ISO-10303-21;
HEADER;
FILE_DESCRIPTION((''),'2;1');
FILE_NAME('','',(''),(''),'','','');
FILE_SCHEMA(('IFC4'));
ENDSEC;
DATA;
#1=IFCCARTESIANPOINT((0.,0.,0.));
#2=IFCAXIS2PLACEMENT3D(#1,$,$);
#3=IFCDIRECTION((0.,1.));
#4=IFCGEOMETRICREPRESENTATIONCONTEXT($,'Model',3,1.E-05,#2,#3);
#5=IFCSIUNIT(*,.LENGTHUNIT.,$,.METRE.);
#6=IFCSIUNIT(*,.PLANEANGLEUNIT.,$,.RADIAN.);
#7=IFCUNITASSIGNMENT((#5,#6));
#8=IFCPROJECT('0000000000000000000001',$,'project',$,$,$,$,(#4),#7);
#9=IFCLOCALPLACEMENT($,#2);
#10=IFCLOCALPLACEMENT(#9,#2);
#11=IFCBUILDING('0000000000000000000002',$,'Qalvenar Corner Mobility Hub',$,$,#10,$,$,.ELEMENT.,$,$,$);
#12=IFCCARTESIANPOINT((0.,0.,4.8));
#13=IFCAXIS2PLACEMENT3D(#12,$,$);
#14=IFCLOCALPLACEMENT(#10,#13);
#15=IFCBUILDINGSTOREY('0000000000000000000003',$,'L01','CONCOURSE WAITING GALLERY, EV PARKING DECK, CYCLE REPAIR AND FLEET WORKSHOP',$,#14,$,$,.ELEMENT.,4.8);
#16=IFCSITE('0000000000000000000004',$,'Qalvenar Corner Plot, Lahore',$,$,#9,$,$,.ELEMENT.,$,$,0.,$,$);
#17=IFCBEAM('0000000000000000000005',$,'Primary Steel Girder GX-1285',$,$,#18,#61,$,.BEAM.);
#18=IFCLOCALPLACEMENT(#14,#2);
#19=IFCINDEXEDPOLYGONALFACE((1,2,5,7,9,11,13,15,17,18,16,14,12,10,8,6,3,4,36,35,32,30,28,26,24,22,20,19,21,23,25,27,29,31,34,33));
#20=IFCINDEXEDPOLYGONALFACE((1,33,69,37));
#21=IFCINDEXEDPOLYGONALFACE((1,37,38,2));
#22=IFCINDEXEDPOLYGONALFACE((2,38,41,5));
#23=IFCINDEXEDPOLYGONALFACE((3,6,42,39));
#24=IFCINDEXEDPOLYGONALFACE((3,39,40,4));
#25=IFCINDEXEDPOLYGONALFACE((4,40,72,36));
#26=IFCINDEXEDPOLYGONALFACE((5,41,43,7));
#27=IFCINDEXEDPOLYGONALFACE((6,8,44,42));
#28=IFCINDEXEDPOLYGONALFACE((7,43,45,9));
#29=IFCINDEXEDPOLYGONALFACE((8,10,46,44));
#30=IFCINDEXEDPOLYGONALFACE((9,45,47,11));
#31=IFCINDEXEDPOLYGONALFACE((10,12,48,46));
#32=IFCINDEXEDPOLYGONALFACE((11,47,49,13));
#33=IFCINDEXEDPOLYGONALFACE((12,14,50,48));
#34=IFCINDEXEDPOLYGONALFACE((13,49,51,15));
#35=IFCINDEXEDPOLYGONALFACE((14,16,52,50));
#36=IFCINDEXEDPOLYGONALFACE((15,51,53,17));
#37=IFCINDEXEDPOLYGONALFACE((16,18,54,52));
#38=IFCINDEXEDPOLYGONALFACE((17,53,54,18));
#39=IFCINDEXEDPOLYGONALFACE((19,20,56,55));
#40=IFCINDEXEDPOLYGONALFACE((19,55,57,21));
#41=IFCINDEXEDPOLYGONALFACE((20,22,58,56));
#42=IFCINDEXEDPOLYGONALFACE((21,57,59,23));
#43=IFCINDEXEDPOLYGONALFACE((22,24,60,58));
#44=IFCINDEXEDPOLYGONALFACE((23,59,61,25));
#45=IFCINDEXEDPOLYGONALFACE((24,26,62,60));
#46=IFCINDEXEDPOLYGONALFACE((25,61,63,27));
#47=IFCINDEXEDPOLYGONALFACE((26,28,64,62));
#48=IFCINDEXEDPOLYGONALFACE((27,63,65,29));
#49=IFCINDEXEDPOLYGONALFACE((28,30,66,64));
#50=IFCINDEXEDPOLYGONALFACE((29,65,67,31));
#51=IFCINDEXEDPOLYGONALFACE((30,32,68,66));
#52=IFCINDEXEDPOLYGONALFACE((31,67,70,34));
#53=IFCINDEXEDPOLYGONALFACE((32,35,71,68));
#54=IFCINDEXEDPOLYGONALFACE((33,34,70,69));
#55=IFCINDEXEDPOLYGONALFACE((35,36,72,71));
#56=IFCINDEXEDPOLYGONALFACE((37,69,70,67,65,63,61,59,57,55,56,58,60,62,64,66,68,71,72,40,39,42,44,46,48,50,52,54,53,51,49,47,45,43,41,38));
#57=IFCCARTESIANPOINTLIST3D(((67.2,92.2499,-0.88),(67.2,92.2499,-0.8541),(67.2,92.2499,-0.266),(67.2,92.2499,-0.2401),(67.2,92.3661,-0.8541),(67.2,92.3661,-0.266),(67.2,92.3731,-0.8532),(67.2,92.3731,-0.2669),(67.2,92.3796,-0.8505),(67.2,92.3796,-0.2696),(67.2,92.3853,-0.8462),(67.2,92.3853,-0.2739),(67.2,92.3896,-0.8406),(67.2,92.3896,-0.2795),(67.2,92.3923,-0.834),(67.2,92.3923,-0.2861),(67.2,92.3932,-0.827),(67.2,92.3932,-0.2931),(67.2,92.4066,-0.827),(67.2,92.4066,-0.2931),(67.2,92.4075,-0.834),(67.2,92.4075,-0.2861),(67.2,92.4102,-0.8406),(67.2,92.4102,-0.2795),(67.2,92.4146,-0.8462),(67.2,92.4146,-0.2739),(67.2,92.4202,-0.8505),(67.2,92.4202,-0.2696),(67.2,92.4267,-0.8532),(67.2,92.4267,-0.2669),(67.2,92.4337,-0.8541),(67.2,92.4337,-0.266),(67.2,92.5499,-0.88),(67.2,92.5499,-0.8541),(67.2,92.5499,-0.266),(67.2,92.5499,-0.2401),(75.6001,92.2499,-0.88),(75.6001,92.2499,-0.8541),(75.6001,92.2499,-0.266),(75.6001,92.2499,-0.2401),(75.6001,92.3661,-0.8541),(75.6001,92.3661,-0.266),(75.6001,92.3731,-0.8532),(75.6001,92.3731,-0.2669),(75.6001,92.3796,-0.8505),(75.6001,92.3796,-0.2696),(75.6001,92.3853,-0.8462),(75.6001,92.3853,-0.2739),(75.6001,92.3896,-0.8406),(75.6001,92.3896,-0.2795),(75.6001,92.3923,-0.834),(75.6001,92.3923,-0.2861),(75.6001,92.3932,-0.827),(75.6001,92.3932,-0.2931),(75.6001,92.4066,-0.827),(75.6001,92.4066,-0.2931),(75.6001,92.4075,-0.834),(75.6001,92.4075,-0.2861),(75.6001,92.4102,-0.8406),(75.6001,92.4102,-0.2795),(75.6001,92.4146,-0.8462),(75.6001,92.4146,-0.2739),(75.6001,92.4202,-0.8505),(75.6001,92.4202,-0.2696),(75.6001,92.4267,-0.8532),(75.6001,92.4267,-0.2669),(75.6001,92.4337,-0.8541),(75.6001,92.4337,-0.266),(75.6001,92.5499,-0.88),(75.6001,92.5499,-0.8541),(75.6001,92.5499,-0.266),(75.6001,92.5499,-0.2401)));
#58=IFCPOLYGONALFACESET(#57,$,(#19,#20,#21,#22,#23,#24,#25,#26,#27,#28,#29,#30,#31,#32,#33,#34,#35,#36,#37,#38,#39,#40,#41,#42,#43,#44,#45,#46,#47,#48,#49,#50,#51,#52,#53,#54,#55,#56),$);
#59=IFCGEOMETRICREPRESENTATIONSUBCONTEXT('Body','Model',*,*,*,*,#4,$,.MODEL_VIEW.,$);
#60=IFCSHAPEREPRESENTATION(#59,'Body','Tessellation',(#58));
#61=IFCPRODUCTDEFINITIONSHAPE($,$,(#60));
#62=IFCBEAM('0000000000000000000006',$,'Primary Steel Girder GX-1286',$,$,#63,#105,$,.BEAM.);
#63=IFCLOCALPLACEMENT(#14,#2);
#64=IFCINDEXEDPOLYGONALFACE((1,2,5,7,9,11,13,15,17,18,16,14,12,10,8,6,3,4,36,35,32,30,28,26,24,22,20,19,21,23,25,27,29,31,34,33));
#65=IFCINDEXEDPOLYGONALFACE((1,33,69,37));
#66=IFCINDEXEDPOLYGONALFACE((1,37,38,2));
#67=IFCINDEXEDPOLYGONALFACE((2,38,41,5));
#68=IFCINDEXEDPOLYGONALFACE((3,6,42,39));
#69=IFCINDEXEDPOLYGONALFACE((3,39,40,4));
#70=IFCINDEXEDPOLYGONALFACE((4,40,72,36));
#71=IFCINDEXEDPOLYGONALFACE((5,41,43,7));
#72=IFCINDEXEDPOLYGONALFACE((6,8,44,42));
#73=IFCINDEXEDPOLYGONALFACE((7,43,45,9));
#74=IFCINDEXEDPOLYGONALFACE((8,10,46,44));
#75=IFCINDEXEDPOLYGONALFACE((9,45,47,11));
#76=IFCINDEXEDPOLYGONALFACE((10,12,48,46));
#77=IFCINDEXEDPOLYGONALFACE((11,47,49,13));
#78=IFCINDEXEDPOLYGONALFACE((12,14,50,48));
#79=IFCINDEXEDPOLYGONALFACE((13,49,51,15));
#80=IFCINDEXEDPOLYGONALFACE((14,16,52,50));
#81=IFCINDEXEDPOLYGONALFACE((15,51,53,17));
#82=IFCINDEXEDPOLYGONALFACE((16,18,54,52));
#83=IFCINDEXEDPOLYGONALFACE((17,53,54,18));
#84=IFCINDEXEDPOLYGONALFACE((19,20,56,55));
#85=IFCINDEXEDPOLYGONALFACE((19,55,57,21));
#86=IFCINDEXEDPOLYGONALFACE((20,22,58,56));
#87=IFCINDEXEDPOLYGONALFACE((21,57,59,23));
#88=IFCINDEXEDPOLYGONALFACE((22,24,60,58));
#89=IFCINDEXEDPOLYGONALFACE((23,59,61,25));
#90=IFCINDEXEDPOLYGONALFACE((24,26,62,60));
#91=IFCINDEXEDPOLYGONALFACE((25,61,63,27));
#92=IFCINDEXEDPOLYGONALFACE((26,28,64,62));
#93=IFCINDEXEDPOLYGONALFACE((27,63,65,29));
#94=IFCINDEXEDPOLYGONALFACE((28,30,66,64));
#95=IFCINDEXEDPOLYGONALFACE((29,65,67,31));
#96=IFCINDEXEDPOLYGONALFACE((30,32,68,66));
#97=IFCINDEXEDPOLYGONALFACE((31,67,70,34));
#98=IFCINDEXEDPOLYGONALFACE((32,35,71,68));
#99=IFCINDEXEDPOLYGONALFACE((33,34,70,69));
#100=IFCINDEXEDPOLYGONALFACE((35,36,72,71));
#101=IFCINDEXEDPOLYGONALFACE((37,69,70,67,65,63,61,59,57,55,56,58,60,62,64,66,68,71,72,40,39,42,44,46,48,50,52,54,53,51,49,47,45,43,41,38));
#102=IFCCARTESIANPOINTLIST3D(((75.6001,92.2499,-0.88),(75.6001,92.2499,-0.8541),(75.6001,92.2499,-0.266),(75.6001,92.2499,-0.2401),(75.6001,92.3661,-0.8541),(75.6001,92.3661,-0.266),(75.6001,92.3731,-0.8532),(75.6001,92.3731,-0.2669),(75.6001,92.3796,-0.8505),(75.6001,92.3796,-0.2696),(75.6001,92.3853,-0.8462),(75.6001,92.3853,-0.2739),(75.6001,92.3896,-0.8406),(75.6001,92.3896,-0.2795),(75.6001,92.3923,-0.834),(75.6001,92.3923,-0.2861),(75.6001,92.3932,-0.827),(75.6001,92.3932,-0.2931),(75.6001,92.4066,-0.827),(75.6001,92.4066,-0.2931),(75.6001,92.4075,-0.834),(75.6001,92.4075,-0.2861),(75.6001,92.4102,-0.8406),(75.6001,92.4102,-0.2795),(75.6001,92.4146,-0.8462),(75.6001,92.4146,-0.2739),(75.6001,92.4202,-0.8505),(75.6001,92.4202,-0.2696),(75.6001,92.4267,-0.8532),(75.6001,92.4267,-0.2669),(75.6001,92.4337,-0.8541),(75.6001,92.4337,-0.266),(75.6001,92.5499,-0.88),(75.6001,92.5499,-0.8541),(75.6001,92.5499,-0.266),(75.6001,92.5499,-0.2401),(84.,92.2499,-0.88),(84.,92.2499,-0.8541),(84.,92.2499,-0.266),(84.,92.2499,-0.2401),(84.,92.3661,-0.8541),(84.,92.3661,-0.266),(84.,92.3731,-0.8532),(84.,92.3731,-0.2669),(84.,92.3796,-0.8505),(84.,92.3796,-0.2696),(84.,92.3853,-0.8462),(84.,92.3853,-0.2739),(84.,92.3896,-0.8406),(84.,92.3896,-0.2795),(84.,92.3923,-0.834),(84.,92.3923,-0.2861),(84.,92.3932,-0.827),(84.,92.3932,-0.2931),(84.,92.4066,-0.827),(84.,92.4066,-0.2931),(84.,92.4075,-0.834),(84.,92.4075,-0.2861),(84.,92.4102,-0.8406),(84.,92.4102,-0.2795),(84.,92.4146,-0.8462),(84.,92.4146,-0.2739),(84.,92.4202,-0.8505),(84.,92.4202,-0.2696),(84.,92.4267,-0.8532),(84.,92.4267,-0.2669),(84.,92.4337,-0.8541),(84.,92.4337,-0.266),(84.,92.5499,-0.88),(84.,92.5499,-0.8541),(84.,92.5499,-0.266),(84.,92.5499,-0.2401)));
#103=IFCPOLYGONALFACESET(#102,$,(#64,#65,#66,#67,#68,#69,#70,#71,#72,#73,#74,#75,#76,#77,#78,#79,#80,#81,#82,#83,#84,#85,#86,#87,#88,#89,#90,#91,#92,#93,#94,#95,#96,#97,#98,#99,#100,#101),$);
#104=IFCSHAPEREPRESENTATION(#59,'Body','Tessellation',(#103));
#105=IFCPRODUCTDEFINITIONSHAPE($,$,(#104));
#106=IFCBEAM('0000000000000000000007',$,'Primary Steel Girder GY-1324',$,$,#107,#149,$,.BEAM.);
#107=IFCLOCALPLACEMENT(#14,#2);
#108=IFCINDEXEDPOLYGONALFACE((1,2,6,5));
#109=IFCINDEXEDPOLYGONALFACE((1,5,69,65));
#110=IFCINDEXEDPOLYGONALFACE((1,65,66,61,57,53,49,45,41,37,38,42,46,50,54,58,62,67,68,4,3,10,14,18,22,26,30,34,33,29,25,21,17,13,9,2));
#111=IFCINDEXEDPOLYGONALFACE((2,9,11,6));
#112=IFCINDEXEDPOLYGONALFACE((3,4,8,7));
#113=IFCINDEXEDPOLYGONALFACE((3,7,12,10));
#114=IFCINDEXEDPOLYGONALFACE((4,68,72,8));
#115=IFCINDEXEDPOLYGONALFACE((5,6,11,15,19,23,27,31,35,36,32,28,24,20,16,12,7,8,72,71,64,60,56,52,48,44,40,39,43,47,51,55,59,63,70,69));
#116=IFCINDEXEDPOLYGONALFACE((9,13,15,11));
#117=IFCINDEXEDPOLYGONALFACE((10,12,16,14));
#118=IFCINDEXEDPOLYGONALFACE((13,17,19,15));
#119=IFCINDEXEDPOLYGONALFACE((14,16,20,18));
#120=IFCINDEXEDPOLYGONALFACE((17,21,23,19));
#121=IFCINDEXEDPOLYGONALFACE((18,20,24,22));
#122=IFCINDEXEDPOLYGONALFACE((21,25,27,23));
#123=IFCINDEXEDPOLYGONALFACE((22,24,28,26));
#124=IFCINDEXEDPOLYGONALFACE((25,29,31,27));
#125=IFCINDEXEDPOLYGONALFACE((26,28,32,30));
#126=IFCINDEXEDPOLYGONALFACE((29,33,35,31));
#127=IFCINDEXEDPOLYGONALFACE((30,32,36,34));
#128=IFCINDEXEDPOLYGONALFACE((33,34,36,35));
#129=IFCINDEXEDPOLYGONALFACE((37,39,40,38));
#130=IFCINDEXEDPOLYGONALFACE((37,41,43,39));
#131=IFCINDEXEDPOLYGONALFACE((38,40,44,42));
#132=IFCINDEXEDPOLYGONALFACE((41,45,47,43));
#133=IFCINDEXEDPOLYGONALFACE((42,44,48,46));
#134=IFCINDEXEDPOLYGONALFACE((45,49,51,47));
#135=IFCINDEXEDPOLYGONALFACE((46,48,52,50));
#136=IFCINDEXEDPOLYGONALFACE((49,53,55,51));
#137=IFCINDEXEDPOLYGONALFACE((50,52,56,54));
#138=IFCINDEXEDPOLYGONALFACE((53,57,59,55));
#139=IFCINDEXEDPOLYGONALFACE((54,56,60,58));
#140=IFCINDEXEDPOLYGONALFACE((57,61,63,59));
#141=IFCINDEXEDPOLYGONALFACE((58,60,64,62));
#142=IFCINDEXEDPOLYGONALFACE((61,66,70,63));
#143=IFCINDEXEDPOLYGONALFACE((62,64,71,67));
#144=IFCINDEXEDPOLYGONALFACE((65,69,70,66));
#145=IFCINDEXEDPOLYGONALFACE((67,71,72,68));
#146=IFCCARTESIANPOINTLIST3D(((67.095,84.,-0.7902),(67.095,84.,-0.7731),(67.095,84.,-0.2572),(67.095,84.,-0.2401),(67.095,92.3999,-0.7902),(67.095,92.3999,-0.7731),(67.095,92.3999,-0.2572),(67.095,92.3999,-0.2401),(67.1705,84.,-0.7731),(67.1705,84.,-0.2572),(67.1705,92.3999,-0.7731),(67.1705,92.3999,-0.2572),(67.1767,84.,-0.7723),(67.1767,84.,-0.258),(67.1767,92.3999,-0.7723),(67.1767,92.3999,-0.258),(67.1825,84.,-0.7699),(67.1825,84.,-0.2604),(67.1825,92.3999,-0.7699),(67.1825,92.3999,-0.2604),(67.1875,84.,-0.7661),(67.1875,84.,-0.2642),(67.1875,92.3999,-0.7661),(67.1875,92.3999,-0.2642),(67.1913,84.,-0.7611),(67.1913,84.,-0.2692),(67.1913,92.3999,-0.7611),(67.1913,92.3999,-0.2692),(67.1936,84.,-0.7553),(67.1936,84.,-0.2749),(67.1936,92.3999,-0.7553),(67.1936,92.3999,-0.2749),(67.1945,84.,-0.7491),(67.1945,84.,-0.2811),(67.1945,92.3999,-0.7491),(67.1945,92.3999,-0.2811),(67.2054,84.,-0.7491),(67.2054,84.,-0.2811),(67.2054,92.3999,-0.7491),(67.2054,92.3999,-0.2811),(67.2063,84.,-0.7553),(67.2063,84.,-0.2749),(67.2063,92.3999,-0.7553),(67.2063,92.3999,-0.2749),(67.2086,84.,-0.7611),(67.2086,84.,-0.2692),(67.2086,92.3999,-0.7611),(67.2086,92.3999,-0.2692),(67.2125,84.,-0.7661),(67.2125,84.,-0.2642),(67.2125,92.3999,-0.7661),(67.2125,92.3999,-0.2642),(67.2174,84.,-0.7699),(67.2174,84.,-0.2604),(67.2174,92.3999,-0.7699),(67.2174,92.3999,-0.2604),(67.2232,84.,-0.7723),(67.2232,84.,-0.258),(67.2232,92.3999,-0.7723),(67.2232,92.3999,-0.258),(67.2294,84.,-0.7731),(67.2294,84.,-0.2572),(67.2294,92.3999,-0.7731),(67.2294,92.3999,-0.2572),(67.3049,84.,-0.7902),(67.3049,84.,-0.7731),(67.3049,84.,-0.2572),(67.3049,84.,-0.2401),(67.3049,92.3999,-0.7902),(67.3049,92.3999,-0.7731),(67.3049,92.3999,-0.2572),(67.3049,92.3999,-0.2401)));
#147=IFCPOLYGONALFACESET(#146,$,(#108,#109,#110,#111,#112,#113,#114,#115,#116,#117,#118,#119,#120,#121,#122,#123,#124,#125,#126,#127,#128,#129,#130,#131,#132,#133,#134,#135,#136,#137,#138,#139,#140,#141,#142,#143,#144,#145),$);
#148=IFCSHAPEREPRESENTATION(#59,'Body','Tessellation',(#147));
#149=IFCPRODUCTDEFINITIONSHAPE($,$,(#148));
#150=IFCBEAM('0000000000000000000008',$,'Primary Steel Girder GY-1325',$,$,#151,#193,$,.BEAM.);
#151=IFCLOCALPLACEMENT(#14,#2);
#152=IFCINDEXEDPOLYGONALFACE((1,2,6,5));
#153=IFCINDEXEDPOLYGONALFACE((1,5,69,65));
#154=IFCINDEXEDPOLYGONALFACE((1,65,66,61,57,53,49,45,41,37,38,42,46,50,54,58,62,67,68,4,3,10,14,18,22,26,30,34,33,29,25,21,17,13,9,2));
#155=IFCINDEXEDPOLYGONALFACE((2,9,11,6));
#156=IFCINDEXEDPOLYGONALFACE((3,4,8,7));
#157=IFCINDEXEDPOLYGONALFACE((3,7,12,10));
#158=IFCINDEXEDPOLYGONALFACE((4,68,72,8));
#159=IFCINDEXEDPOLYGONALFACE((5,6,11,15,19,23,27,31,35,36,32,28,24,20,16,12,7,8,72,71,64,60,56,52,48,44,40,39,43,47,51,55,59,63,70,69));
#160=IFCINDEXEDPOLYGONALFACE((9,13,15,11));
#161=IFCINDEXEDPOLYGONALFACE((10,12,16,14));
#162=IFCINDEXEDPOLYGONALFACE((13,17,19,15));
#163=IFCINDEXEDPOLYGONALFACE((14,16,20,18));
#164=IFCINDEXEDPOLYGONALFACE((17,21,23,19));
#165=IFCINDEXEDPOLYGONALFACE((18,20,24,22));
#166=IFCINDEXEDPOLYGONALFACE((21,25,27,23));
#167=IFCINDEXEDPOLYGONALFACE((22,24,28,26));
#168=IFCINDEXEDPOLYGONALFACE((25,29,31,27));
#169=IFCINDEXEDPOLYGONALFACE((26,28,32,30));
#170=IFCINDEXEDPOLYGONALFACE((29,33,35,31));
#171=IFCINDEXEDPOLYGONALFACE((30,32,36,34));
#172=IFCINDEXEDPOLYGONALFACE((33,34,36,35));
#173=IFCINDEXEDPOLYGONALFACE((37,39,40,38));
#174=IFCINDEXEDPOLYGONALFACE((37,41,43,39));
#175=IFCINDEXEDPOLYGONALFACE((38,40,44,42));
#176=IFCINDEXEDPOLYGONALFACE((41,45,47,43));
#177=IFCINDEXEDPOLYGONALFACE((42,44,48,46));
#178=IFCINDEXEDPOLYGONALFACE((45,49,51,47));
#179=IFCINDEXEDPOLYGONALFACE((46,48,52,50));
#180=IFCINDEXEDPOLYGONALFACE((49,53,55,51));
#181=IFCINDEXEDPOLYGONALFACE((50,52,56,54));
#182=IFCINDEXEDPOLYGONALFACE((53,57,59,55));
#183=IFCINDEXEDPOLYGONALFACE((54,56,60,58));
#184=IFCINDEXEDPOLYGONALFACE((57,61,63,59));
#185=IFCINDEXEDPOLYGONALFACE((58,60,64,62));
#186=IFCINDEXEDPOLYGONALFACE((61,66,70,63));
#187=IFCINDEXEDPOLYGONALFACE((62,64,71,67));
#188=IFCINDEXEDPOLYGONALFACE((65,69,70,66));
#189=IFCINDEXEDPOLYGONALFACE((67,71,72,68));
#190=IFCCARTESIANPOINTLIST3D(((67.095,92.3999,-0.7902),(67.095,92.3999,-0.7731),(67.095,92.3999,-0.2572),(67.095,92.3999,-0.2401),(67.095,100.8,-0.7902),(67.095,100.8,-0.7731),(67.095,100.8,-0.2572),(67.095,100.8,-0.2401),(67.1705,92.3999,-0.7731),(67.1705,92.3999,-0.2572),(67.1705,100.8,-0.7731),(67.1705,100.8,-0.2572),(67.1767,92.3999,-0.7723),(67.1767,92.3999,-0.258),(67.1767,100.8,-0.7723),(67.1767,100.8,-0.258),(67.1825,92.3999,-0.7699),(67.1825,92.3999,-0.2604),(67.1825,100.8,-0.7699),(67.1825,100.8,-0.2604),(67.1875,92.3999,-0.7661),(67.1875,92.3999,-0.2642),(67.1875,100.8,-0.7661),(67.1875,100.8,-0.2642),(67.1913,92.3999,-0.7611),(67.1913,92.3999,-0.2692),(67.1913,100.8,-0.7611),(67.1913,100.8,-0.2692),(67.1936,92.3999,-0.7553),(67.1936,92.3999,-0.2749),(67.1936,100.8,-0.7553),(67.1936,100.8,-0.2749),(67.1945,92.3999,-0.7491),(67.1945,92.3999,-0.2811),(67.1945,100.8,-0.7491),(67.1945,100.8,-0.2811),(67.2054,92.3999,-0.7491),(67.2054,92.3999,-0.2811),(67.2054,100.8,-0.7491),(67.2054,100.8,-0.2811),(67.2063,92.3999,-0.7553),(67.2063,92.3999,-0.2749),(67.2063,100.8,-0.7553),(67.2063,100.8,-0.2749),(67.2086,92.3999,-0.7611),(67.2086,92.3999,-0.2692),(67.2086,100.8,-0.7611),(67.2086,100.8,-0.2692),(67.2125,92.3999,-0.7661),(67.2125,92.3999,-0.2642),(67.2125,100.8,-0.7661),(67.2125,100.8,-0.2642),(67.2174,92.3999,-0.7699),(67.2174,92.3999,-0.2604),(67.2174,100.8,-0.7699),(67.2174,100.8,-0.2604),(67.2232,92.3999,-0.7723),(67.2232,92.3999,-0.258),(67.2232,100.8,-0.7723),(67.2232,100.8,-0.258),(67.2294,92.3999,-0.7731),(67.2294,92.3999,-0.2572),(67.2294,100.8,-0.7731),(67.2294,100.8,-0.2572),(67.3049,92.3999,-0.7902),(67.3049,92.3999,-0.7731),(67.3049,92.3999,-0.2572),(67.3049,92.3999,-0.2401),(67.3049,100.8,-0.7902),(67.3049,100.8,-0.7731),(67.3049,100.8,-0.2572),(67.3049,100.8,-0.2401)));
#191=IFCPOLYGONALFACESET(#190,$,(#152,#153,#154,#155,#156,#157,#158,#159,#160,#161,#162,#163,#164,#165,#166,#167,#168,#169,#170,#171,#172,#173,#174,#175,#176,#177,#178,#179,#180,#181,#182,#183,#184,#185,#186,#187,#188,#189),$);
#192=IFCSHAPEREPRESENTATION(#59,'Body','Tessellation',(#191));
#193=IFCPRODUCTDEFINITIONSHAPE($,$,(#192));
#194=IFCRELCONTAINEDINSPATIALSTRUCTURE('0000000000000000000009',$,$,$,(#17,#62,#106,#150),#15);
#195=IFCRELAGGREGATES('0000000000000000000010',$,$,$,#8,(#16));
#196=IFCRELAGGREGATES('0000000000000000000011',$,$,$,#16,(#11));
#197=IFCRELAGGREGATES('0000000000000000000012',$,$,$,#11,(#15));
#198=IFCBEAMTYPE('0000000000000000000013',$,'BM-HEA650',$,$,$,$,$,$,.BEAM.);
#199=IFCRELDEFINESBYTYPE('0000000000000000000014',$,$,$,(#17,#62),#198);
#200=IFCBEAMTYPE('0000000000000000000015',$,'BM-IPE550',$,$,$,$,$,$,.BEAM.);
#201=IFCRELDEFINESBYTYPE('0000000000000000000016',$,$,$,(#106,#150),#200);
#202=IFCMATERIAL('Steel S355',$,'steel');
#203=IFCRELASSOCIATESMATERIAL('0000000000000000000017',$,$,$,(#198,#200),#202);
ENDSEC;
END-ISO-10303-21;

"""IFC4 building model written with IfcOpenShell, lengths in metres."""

from ifc_helpers import new_model, si_unit, direction, frame, origin, origin_2d, place, context, subcontext, project, spatial, i_section, extrude, material, material_profile, profile_set, type_object, element, save


model = new_model("IFC4")

# Units and contexts
model_context = context("Model", 3, precision=1e-05, world=origin(), true_north=direction((0.0, 1.0)))
body_context = subcontext(model_context, "Body", "Model", "MODEL_VIEW")
ifc_project = project(units=[si_unit("LENGTHUNIT", "METRE"), si_unit("PLANEANGLEUNIT", "RADIAN")], contexts=[model_context])

# Site, building, storey
site_placement = place(None, origin())
site = spatial("IfcSite", under=ifc_project, at=site_placement, Name="Qalvenar Corner Plot, Lahore", CompositionType="ELEMENT", RefElevation=0.0)
building_placement = place(site_placement, origin())
building = spatial("IfcBuilding", under=site, at=building_placement, Name="Qalvenar Corner Mobility Hub", CompositionType="ELEMENT")
storey_placement = place(building_placement, frame((0.0, 0.0, 4.8)))
storey = spatial("IfcBuildingStorey", under=building, at=storey_placement, Name="L01", Description="CONCOURSE WAITING GALLERY, EV PARKING DECK, CYCLE REPAIR AND FLEET WORKSHOP", CompositionType="ELEMENT", Elevation=4.8)

# Shared definitions
ifc_material_1 = material(Name="Steel S355", Category="steel")

# Beams
ifc_material_profile_1 = material_profile(ifc_material_1, i_section(OverallWidth=0.3, OverallDepth=0.6399, WebThickness=0.0134, FlangeThickness=0.0259, FilletRadius=0.0271, at=origin_2d()), Name="HEA650")
ifc_profile_set_1 = profile_set([ifc_material_profile_1], Name="Steel S355")
beam_type_1 = type_object("IfcBeamType", Name="BM-HEA650", PredefinedType="BEAM", material=ifc_profile_set_1)
beam_1_placement = place(storey_placement, frame((67.2, 92.3999, -0.5601), z_axis=(1.0, 0.0, 0.0), x_axis=(0.0, 1.0, 0.0)))
element("IfcBeam", 1, at=beam_1_placement, inside=storey, type_object=beam_type_1, Name="Primary Steel Girder GX-1285", PredefinedType="BEAM", context=body_context, shape_type="SweptSolid", body=[
    extrude(i_section(OverallWidth=0.3, OverallDepth=0.6399, WebThickness=0.0134, FlangeThickness=0.0259, FilletRadius=0.0271, at=origin_2d()), origin(), (0.0, 0.0, 1.0), 8.4001),
])
beam_2_placement = place(storey_placement, frame((75.6001, 92.3999, -0.5601), z_axis=(1.0, 0.0, 0.0), x_axis=(0.0, 1.0, 0.0)))
element("IfcBeam", 2, at=beam_2_placement, inside=storey, type_object=beam_type_1, Name="Primary Steel Girder GX-1286", PredefinedType="BEAM", context=body_context, shape_type="SweptSolid", body=[
    extrude(i_section(OverallWidth=0.3, OverallDepth=0.6399, WebThickness=0.0134, FlangeThickness=0.0259, FilletRadius=0.0271, at=origin_2d()), origin(), (0.0, 0.0, 1.0), 8.3999),
])
ifc_material_profile_2 = material_profile(ifc_material_1, i_section(OverallWidth=0.21, OverallDepth=0.55, WebThickness=0.011, FlangeThickness=0.0171, FilletRadius=0.0239, at=origin_2d()), Name="IPE550")
ifc_profile_set_2 = profile_set([ifc_material_profile_2], Name="Steel S355")
beam_type_2 = type_object("IfcBeamType", Name="BM-IPE550", PredefinedType="BEAM", material=ifc_profile_set_2)
beam_3_placement = place(storey_placement, frame((67.2, 84.0, -0.5151), z_axis=(0.0, 1.0, 0.0), x_axis=(-1.0, 0.0, 0.0)))
element("IfcBeam", 3, at=beam_3_placement, inside=storey, type_object=beam_type_2, Name="Primary Steel Girder GY-1324", PredefinedType="BEAM", context=body_context, shape_type="SweptSolid", body=[
    extrude(i_section(OverallWidth=0.21, OverallDepth=0.55, WebThickness=0.011, FlangeThickness=0.0171, FilletRadius=0.0239, at=origin_2d()), origin(), (0.0, 0.0, 1.0), 8.3999),
])
beam_4_placement = place(storey_placement, frame((67.2, 92.3999, -0.5151), z_axis=(0.0, 1.0, 0.0), x_axis=(-1.0, 0.0, 0.0)))
element("IfcBeam", 4, at=beam_4_placement, inside=storey, type_object=beam_type_2, Name="Primary Steel Girder GY-1325", PredefinedType="BEAM", context=body_context, shape_type="SweptSolid", body=[
    extrude(i_section(OverallWidth=0.21, OverallDepth=0.55, WebThickness=0.011, FlangeThickness=0.0171, FilletRadius=0.0239, at=origin_2d()), origin(), (0.0, 0.0, 1.0), 8.4001),
])

save(model, "model.ifc")
